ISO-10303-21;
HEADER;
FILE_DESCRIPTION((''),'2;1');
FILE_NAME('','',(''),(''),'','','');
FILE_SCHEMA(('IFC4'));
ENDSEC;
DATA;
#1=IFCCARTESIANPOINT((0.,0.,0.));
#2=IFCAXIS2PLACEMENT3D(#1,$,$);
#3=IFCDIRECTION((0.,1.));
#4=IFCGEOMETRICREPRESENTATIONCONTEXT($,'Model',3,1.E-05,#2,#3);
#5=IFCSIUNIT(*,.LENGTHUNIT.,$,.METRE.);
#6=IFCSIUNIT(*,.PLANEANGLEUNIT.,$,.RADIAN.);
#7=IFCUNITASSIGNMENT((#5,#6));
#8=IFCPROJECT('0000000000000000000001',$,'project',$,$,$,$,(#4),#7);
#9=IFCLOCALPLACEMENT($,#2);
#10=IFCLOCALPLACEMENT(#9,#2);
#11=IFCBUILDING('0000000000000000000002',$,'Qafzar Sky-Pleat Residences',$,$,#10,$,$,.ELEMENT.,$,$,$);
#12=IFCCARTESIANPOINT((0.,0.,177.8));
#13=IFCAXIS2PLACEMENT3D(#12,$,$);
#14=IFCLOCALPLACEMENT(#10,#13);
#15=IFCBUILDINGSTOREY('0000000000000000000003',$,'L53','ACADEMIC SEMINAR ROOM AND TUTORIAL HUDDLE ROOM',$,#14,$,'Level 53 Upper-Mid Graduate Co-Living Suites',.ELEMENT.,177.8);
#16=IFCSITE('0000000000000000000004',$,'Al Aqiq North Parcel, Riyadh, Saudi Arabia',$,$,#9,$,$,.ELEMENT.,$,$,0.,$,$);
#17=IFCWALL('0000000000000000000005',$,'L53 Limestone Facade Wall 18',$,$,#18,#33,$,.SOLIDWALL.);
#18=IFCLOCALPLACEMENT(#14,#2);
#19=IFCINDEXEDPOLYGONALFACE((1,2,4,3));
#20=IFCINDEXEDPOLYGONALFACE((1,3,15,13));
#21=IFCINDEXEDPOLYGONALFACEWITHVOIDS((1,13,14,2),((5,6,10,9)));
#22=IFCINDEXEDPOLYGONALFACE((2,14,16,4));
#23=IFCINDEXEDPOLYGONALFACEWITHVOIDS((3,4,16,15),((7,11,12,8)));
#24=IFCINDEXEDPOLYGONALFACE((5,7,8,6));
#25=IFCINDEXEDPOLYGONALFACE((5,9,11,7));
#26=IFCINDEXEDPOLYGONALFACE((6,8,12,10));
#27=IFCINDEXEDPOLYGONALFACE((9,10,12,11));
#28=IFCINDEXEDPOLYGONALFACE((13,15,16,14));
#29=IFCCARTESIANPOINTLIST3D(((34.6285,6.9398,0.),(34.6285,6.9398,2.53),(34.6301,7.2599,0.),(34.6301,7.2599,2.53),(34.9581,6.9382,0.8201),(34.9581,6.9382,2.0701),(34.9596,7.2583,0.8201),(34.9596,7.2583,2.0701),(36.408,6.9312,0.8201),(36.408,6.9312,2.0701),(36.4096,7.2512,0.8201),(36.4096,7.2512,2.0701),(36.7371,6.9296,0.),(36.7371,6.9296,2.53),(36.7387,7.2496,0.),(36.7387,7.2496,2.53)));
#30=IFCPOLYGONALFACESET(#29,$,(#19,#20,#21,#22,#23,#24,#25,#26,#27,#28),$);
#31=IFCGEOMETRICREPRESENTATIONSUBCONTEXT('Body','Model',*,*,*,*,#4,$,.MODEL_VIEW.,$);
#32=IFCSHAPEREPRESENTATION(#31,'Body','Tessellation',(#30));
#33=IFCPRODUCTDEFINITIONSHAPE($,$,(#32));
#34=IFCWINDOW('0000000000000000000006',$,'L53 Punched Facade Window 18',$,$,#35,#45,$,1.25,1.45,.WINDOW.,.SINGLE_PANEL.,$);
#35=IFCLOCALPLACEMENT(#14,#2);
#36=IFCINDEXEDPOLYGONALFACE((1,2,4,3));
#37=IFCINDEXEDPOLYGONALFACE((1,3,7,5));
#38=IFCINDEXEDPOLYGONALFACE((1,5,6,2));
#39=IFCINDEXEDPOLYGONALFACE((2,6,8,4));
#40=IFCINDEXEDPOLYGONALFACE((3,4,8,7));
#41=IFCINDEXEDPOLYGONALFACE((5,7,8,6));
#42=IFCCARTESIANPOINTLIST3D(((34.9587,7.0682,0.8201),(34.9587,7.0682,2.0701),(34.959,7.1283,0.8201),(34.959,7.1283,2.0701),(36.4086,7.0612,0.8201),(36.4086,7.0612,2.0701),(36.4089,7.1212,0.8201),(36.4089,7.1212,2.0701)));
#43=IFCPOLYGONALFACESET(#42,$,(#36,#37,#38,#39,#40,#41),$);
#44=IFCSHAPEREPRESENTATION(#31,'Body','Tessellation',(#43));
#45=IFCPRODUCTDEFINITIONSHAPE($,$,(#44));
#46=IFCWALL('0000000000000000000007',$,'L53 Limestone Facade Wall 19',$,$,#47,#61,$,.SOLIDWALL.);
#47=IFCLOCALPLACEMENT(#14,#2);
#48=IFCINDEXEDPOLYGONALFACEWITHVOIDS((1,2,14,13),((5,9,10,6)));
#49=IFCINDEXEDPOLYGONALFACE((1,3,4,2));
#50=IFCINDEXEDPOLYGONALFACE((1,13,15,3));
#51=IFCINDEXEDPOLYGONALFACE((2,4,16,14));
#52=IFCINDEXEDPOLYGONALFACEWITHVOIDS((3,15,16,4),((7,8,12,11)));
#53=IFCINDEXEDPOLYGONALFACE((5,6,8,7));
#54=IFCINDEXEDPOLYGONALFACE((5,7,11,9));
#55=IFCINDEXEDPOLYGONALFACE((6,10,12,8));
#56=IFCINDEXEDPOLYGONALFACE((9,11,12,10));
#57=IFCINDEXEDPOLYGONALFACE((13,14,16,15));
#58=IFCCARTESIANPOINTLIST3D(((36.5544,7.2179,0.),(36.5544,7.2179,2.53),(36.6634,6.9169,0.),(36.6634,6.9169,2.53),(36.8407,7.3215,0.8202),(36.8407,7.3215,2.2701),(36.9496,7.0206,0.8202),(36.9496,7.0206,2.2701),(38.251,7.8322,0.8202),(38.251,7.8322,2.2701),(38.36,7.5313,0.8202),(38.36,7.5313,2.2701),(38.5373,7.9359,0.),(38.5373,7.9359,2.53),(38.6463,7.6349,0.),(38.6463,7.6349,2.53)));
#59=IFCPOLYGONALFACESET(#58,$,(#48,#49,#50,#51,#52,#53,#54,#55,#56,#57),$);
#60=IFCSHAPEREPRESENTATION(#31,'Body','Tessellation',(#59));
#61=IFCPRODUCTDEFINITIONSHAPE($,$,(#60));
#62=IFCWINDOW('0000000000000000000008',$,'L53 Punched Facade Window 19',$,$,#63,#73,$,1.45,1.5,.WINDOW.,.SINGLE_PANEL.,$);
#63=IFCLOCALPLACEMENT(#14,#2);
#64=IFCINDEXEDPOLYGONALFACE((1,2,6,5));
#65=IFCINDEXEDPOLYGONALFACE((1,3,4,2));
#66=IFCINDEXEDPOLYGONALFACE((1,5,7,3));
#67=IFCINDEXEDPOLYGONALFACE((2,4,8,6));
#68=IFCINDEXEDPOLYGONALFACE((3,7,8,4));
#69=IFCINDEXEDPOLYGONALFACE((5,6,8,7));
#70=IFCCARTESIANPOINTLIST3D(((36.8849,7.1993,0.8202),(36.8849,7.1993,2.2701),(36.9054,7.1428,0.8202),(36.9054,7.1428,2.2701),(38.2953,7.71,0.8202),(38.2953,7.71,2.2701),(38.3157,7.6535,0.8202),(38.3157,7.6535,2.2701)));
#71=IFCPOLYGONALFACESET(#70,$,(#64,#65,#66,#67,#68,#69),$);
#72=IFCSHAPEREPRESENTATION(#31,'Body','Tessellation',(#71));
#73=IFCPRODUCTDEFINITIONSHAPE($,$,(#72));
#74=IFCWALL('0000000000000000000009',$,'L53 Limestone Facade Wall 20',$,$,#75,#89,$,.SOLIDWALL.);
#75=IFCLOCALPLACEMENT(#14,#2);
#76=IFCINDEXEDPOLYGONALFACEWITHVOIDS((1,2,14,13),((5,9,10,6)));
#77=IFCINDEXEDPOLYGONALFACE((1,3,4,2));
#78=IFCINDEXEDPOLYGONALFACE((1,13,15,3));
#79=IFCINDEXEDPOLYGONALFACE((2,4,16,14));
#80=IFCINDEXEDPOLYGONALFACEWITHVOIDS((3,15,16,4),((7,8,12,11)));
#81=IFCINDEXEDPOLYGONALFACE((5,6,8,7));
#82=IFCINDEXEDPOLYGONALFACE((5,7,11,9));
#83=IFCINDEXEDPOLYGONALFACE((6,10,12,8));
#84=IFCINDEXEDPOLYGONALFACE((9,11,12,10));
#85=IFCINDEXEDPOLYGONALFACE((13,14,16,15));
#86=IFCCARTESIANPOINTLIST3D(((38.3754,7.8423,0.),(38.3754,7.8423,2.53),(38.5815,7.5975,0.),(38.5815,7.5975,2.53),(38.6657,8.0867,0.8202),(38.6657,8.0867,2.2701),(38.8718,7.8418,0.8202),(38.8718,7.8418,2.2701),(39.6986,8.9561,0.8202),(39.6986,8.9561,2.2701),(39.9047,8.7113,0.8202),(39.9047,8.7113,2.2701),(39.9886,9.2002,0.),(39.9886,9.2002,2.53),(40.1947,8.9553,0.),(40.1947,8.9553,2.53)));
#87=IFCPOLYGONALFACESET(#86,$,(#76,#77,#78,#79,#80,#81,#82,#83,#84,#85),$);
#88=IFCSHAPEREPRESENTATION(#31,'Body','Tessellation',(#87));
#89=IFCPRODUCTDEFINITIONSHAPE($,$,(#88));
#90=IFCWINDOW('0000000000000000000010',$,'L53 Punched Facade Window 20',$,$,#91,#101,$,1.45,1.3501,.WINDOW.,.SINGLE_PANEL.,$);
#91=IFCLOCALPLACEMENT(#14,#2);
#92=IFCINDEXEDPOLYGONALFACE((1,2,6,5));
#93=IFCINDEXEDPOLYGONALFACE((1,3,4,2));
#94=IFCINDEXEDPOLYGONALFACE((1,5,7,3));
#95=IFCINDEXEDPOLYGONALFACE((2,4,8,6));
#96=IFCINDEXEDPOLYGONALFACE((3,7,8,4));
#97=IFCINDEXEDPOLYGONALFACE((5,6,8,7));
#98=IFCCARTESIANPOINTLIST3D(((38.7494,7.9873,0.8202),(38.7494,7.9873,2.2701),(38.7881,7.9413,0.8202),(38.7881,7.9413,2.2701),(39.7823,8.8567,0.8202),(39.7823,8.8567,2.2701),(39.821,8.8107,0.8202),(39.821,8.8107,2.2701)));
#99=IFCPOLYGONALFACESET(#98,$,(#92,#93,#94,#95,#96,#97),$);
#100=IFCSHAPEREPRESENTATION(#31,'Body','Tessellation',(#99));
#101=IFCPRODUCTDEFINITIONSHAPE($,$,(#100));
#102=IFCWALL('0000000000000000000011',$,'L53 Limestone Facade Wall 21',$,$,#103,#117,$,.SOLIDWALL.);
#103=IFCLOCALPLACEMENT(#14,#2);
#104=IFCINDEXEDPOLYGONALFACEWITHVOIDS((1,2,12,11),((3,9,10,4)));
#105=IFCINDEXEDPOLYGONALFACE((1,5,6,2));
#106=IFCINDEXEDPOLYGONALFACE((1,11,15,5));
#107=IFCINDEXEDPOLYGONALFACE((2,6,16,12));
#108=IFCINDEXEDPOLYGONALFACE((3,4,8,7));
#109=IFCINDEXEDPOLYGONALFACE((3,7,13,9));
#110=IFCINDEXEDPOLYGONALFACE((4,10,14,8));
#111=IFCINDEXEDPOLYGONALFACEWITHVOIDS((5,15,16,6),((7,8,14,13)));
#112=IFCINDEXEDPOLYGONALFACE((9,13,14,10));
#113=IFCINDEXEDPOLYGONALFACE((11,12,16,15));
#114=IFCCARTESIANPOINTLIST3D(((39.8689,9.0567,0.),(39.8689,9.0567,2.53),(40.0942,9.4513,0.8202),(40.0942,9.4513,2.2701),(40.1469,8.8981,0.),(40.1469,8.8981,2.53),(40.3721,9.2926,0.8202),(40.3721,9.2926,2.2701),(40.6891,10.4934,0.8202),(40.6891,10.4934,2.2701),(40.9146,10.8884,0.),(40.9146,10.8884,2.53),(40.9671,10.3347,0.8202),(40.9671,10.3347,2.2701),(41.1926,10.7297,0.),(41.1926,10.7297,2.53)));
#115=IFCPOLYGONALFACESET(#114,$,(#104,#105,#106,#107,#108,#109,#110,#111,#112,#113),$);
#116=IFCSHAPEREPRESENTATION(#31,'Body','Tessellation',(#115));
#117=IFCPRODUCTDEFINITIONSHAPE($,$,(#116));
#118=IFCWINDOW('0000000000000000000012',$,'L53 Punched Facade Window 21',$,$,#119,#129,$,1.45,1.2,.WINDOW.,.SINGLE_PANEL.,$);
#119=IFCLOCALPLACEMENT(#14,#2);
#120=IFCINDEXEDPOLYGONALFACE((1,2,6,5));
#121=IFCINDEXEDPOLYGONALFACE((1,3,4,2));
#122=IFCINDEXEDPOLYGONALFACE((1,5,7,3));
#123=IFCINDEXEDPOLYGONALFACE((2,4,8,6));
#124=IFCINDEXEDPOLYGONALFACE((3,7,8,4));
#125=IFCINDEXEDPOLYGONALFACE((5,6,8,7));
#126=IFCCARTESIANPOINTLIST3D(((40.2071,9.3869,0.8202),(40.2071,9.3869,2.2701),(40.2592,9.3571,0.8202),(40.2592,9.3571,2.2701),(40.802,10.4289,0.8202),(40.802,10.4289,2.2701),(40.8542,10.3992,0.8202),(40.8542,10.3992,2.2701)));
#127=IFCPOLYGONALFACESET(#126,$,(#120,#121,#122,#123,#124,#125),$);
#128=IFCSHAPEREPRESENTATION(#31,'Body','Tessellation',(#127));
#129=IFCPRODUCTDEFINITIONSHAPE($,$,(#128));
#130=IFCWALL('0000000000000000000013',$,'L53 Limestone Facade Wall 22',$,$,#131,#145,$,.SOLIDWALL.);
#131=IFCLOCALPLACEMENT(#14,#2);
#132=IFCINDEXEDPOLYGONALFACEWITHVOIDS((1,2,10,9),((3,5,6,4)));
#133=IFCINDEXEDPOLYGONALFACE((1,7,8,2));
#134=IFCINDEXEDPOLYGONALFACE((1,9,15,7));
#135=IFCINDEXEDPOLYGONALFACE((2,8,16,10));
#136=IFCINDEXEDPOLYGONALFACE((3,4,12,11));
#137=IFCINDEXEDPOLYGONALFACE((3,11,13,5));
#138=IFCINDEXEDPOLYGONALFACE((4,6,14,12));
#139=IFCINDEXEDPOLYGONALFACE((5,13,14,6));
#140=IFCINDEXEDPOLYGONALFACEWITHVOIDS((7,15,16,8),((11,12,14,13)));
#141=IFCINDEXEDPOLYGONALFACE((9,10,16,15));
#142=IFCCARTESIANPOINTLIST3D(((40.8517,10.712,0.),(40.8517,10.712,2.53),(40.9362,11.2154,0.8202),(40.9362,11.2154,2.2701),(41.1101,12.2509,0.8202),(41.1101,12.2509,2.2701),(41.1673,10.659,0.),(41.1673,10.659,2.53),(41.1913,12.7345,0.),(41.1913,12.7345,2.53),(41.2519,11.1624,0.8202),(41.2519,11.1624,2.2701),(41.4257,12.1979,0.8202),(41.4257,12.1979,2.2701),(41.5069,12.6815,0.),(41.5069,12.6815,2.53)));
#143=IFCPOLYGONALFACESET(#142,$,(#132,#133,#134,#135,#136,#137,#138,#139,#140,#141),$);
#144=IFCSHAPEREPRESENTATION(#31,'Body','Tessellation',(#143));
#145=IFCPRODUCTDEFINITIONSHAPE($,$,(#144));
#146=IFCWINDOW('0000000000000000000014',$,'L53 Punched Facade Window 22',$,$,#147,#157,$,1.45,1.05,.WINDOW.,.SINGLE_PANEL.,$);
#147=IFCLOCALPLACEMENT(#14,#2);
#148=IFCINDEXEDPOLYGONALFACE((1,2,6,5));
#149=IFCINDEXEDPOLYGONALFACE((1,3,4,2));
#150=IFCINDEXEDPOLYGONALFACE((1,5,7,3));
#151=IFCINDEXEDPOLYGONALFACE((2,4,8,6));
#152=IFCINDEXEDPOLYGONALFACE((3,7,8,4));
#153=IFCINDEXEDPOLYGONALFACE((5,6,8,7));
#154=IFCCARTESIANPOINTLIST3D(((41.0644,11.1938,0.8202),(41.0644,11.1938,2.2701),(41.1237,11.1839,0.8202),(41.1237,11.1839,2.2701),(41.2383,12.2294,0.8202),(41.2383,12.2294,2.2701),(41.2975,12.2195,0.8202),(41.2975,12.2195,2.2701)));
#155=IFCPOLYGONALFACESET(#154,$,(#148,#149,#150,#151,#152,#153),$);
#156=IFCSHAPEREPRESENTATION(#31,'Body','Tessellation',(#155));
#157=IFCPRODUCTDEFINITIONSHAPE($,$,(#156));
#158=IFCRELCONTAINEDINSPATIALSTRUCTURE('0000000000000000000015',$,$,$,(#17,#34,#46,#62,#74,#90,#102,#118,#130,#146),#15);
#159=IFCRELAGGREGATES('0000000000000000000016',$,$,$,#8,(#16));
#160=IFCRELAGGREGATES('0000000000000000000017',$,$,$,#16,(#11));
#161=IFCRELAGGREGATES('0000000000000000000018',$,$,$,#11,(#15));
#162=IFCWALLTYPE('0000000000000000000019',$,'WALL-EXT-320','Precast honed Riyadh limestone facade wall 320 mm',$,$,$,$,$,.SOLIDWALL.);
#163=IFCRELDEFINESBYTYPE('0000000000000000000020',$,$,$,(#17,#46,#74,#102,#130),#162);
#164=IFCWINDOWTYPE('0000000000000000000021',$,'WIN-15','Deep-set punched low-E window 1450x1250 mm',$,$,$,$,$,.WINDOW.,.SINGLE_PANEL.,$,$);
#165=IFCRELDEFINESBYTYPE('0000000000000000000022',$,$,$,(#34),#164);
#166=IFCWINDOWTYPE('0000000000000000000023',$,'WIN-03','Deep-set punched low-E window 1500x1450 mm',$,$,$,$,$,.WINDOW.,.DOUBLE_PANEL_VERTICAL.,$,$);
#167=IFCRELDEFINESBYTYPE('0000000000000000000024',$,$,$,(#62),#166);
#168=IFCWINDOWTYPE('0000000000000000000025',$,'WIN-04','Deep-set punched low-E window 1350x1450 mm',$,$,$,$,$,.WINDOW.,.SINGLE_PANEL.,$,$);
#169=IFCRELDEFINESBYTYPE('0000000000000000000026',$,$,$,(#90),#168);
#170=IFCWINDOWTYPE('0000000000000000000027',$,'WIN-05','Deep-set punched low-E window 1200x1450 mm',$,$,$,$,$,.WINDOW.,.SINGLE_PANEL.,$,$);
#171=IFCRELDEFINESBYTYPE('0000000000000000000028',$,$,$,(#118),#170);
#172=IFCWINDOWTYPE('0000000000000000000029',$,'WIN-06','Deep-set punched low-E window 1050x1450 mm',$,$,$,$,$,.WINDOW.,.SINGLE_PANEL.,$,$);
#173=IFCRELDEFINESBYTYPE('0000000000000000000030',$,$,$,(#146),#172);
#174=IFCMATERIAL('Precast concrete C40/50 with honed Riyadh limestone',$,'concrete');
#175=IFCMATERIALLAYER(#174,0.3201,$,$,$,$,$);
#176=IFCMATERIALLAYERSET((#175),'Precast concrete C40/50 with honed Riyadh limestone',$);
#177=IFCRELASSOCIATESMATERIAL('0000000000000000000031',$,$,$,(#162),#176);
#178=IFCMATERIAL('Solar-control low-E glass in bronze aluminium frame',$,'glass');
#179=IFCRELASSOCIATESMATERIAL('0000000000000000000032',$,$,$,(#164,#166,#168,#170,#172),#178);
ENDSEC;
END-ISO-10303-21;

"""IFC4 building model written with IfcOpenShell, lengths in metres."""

from ifc_helpers import new_model, si_unit, direction, frame, frame_2d, origin, place, context, subcontext, project, spatial, rectangle, extrude, source, transform, mapped, material, layer, layer_set, type_object, element, fill, save


model = new_model("IFC4")

# Units and contexts
model_context = context("Model", 3, precision=1e-05, world=origin(), true_north=direction((0.0, 1.0)))
body_context = subcontext(model_context, "Body", "Model", "MODEL_VIEW")
ifc_project = project(units=[si_unit("LENGTHUNIT", "METRE"), si_unit("PLANEANGLEUNIT", "RADIAN")], contexts=[model_context])

# Site, building, storey
site_placement = place(None, origin())
site = spatial("IfcSite", under=ifc_project, at=site_placement, Name="Al Aqiq North Parcel, Riyadh, Saudi Arabia", CompositionType="ELEMENT", RefElevation=0.0)
building_placement = place(site_placement, origin())
building = spatial("IfcBuilding", under=site, at=building_placement, Name="Qafzar Sky-Pleat Residences", CompositionType="ELEMENT")
storey_placement = place(building_placement, frame((0.0, 0.0, 177.8)))
storey = spatial("IfcBuildingStorey", under=building, at=storey_placement, Name="L53", Description="ACADEMIC SEMINAR ROOM AND TUTORIAL HUDDLE ROOM", LongName="Level 53 Upper-Mid Graduate Co-Living Suites", CompositionType="ELEMENT", Elevation=177.8)

# Walls, openings, windows
ifc_material_1 = material(Name="Precast concrete C40/50 with honed Riyadh limestone", Category="concrete")
ifc_layer_1 = layer(ifc_material_1, 0.3201)
ifc_layer_set_1 = layer_set([ifc_layer_1], Name="Precast concrete C40/50 with honed Riyadh limestone")
wall_type = type_object("IfcWallType", Name="WALL-EXT-320", Description="Precast honed Riyadh limestone facade wall 320 mm", PredefinedType="SOLIDWALL", material=ifc_layer_set_1)
wall_1_placement = place(storey_placement, frame((34.6294, 7.0999, 0.0), z_axis=(0.0, 0.0, 1.0), x_axis=(0.999988, -0.004863, 0.0)))
wall_1 = element("IfcWall", 1, at=wall_1_placement, inside=storey, type_object=wall_type, Name="L53 Limestone Facade Wall 18", PredefinedType="SOLIDWALL", context=body_context, shape_type="SweptSolid", body=[
    extrude(rectangle(XDim=2.1086, YDim=0.3201, at=frame_2d((1.0542, 0.0))), origin(), (0.0, 0.0, 1.0), 2.53),
])
opening_1_placement = place(wall_1_placement, frame((0.3293, 0.0, 0.8201)))
opening_1 = element("IfcOpeningElement", 2, at=opening_1_placement, cuts=wall_1, PredefinedType="OPENING", context=body_context, shape_type="SweptSolid", body=[
    extrude(rectangle(XDim=1.45, YDim=1.25, at=frame_2d((0.7251, 0.625))), frame((0.0, 0.1699, 0.0), z_axis=(0.0, -1.0, 0.0), x_axis=(1.0, 0.0, 0.0)), (0.0, 0.0, 1.0), 0.3401),
])
ifc_material_2 = material(Name="Solar-control low-E glass in bronze aluminium frame", Category="glass")
window_type_1 = type_object("IfcWindowType", Name="WIN-15", Description="Deep-set punched low-E window 1450x1250 mm", PartitioningType="SINGLE_PANEL", PredefinedType="WINDOW", material=ifc_material_2)
shared_shape_1 = source(origin(), body_context, "Body", "SweptSolid", [
    extrude(rectangle(XDim=1.45, YDim=1.25, at=frame_2d((0.7251, 0.625))), frame((0.0, 0.03, 0.0), z_axis=(0.0, -1.0, 0.0), x_axis=(1.0, 0.0, 0.0)), (0.0, 0.0, 1.0), 0.0601),
])
window_1_placement = place(opening_1_placement, origin())
window_1 = element("IfcWindow", 3, at=window_1_placement, inside=storey, type_object=window_type_1, Name="L53 Punched Facade Window 18", OverallHeight=1.25, OverallWidth=1.45, PartitioningType="SINGLE_PANEL", PredefinedType="WINDOW", context=body_context, shape_type="MappedRepresentation", body=[
    mapped(shared_shape_1, transform((0.0, 0.0, 0.0), x_axis=(1.0, 0.0, 0.0), y_axis=(0.0, 1.0, 0.0), z_axis=(0.0, 0.0, 1.0), scale=1.0)),
])
fill(opening_1, window_1)
wall_2_placement = place(storey_placement, frame((36.6089, 7.0674, 0.0), z_axis=(0.0, 0.0, 1.0), x_axis=(0.940256, 0.340469, 0.0)))
wall_2 = element("IfcWall", 4, at=wall_2_placement, inside=storey, type_object=wall_type, Name="L53 Limestone Facade Wall 19", PredefinedType="SOLIDWALL", context=body_context, shape_type="SweptSolid", body=[
    extrude(rectangle(XDim=2.1089, YDim=0.3201, at=frame_2d((1.0544, 0.0))), origin(), (0.0, 0.0, 1.0), 2.53),
])
opening_2_placement = place(wall_2_placement, frame((0.3044, 0.0, 0.8201)))
opening_2 = element("IfcOpeningElement", 5, at=opening_2_placement, cuts=wall_2, PredefinedType="OPENING", context=body_context, shape_type="SweptSolid", body=[
    extrude(rectangle(XDim=1.5, YDim=1.45, at=frame_2d((0.75, 0.7251))), frame((0.0, 0.1699, 0.0), z_axis=(0.0, -1.0, 0.0), x_axis=(1.0, 0.0, 0.0)), (0.0, 0.0, 1.0), 0.3401),
])
window_type_2 = type_object("IfcWindowType", Name="WIN-03", Description="Deep-set punched low-E window 1500x1450 mm", PartitioningType="DOUBLE_PANEL_VERTICAL", PredefinedType="WINDOW", material=ifc_material_2)
shared_shape_2 = source(origin(), body_context, "Body", "SweptSolid", [
    extrude(rectangle(XDim=1.5, YDim=1.45, at=frame_2d((0.75, 0.7251))), frame((0.0, 0.03, 0.0), z_axis=(0.0, -1.0, 0.0), x_axis=(1.0, 0.0, 0.0)), (0.0, 0.0, 1.0), 0.0601),
])
window_2_placement = place(opening_2_placement, origin())
window_2 = element("IfcWindow", 6, at=window_2_placement, inside=storey, type_object=window_type_2, Name="L53 Punched Facade Window 19", OverallHeight=1.45, OverallWidth=1.5, PartitioningType="SINGLE_PANEL", PredefinedType="WINDOW", context=body_context, shape_type="MappedRepresentation", body=[
    mapped(shared_shape_2, transform((0.0, 0.0, 0.0), x_axis=(1.0, 0.0, 0.0), y_axis=(0.0, 1.0, 0.0), z_axis=(0.0, 0.0, 1.0), scale=1.0)),
])
fill(opening_2, window_2)
wall_3_placement = place(storey_placement, frame((38.4785, 7.72, 0.0), z_axis=(0.0, 0.0, 1.0), x_axis=(0.765061, 0.643957, 0.0)))
wall_3 = element("IfcWall", 7, at=wall_3_placement, inside=storey, type_object=wall_type, Name="L53 Limestone Facade Wall 20", PredefinedType="SOLIDWALL", context=body_context, shape_type="SweptSolid", body=[
    extrude(rectangle(XDim=2.1086, YDim=0.3201, at=frame_2d((1.0542, 0.0))), origin(), (0.0, 0.0, 1.0), 2.53),
])
opening_3_placement = place(wall_3_placement, frame((0.3794, 0.0, 0.8201)))
opening_3 = element("IfcOpeningElement", 8, at=opening_3_placement, cuts=wall_3, PredefinedType="OPENING", context=body_context, shape_type="SweptSolid", body=[
    extrude(rectangle(XDim=1.3501, YDim=1.45, at=frame_2d((0.675, 0.7251))), frame((0.0, 0.1699, 0.0), z_axis=(0.0, -1.0, 0.0), x_axis=(1.0, 0.0, 0.0)), (0.0, 0.0, 1.0), 0.3401),
])
window_type_3 = type_object("IfcWindowType", Name="WIN-04", Description="Deep-set punched low-E window 1350x1450 mm", PartitioningType="SINGLE_PANEL", PredefinedType="WINDOW", material=ifc_material_2)
shared_shape_3 = source(origin(), body_context, "Body", "SweptSolid", [
    extrude(rectangle(XDim=1.3501, YDim=1.45, at=frame_2d((0.675, 0.7251))), frame((0.0, 0.03, 0.0), z_axis=(0.0, -1.0, 0.0), x_axis=(1.0, 0.0, 0.0)), (0.0, 0.0, 1.0), 0.0601),
])
window_3_placement = place(opening_3_placement, origin())
window_3 = element("IfcWindow", 9, at=window_3_placement, inside=storey, type_object=window_type_3, Name="L53 Punched Facade Window 20", OverallHeight=1.45, OverallWidth=1.3501, PartitioningType="SINGLE_PANEL", PredefinedType="WINDOW", context=body_context, shape_type="MappedRepresentation", body=[
    mapped(shared_shape_3, transform((0.0, 0.0, 0.0), x_axis=(1.0, 0.0, 0.0), y_axis=(0.0, 1.0, 0.0), z_axis=(0.0, 0.0, 1.0), scale=1.0)),
])
fill(opening_3, window_3)
wall_4_placement = place(storey_placement, frame((40.0078, 8.9773, 0.0), z_axis=(0.0, 0.0, 1.0), x_axis=(0.495802, 0.868435, 0.0)))
wall_4 = element("IfcWall", 10, at=wall_4_placement, inside=storey, type_object=wall_type, Name="L53 Limestone Facade Wall 21", PredefinedType="SOLIDWALL", context=body_context, shape_type="SweptSolid", body=[
    extrude(rectangle(XDim=2.1091, YDim=0.3201, at=frame_2d((1.0547, 0.0))), origin(), (0.0, 0.0, 1.0), 2.53),
])
opening_4_placement = place(wall_4_placement, frame((0.4543, 0.0, 0.8201)))
opening_4 = element("IfcOpeningElement", 11, at=opening_4_placement, cuts=wall_4, PredefinedType="OPENING", context=body_context, shape_type="SweptSolid", body=[
    extrude(rectangle(XDim=1.2, YDim=1.45, at=frame_2d((0.6001, 0.7251))), frame((0.0, 0.1699, 0.0), z_axis=(0.0, -1.0, 0.0), x_axis=(1.0, 0.0, 0.0)), (0.0, 0.0, 1.0), 0.3401),
])
window_type_4 = type_object("IfcWindowType", Name="WIN-05", Description="Deep-set punched low-E window 1200x1450 mm", PartitioningType="SINGLE_PANEL", PredefinedType="WINDOW", material=ifc_material_2)
shared_shape_4 = source(origin(), body_context, "Body", "SweptSolid", [
    extrude(rectangle(XDim=1.2, YDim=1.45, at=frame_2d((0.6001, 0.7251))), frame((0.0, 0.03, 0.0), z_axis=(0.0, -1.0, 0.0), x_axis=(1.0, 0.0, 0.0)), (0.0, 0.0, 1.0), 0.0601),
])
window_4_placement = place(opening_4_placement, origin())
window_4 = element("IfcWindow", 12, at=window_4_placement, inside=storey, type_object=window_type_4, Name="L53 Punched Facade Window 21", OverallHeight=1.45, OverallWidth=1.2, PartitioningType="SINGLE_PANEL", PredefinedType="WINDOW", context=body_context, shape_type="MappedRepresentation", body=[
    mapped(shared_shape_4, transform((0.0, 0.0, 0.0), x_axis=(1.0, 0.0, 0.0), y_axis=(0.0, 1.0, 0.0), z_axis=(0.0, 0.0, 1.0), scale=1.0)),
])
fill(opening_4, window_4)
wall_5_placement = place(storey_placement, frame((41.0095, 10.6855, 0.0), z_axis=(0.0, 0.0, 1.0), x_axis=(0.165596, 0.986194, 0.0)))
wall_5 = element("IfcWall", 13, at=wall_5_placement, inside=storey, type_object=wall_type, Name="L53 Limestone Facade Wall 22", PredefinedType="SOLIDWALL", context=body_context, shape_type="SweptSolid", body=[
    extrude(rectangle(XDim=2.0508, YDim=0.3201, at=frame_2d((1.0254, 0.0))), origin(), (0.0, 0.0, 1.0), 2.53),
])
opening_5_placement = place(wall_5_placement, frame((0.5105, 0.0, 0.8201)))
opening_5 = element("IfcOpeningElement", 14, at=opening_5_placement, cuts=wall_5, PredefinedType="OPENING", context=body_context, shape_type="SweptSolid", body=[
    extrude(rectangle(XDim=1.05, YDim=1.45, at=frame_2d((0.5249, 0.7251))), frame((0.0, 0.1699, 0.0), z_axis=(0.0, -1.0, 0.0), x_axis=(1.0, 0.0, 0.0)), (0.0, 0.0, 1.0), 0.3401),
])
window_type_5 = type_object("IfcWindowType", Name="WIN-06", Description="Deep-set punched low-E window 1050x1450 mm", PartitioningType="SINGLE_PANEL", PredefinedType="WINDOW", material=ifc_material_2)
shared_shape_5 = source(origin(), body_context, "Body", "SweptSolid", [
    extrude(rectangle(XDim=1.05, YDim=1.45, at=frame_2d((0.5249, 0.7251))), frame((0.0, 0.03, 0.0), z_axis=(0.0, -1.0, 0.0), x_axis=(1.0, 0.0, 0.0)), (0.0, 0.0, 1.0), 0.0601),
])
window_5_placement = place(opening_5_placement, origin())
window_5 = element("IfcWindow", 15, at=window_5_placement, inside=storey, type_object=window_type_5, Name="L53 Punched Facade Window 22", OverallHeight=1.45, OverallWidth=1.05, PartitioningType="SINGLE_PANEL", PredefinedType="WINDOW", context=body_context, shape_type="MappedRepresentation", body=[
    mapped(shared_shape_5, transform((0.0, 0.0, 0.0), x_axis=(1.0, 0.0, 0.0), y_axis=(0.0, 1.0, 0.0), z_axis=(0.0, 0.0, 1.0), scale=1.0)),
])
fill(opening_5, window_5)

save(model, "model.ifc")
